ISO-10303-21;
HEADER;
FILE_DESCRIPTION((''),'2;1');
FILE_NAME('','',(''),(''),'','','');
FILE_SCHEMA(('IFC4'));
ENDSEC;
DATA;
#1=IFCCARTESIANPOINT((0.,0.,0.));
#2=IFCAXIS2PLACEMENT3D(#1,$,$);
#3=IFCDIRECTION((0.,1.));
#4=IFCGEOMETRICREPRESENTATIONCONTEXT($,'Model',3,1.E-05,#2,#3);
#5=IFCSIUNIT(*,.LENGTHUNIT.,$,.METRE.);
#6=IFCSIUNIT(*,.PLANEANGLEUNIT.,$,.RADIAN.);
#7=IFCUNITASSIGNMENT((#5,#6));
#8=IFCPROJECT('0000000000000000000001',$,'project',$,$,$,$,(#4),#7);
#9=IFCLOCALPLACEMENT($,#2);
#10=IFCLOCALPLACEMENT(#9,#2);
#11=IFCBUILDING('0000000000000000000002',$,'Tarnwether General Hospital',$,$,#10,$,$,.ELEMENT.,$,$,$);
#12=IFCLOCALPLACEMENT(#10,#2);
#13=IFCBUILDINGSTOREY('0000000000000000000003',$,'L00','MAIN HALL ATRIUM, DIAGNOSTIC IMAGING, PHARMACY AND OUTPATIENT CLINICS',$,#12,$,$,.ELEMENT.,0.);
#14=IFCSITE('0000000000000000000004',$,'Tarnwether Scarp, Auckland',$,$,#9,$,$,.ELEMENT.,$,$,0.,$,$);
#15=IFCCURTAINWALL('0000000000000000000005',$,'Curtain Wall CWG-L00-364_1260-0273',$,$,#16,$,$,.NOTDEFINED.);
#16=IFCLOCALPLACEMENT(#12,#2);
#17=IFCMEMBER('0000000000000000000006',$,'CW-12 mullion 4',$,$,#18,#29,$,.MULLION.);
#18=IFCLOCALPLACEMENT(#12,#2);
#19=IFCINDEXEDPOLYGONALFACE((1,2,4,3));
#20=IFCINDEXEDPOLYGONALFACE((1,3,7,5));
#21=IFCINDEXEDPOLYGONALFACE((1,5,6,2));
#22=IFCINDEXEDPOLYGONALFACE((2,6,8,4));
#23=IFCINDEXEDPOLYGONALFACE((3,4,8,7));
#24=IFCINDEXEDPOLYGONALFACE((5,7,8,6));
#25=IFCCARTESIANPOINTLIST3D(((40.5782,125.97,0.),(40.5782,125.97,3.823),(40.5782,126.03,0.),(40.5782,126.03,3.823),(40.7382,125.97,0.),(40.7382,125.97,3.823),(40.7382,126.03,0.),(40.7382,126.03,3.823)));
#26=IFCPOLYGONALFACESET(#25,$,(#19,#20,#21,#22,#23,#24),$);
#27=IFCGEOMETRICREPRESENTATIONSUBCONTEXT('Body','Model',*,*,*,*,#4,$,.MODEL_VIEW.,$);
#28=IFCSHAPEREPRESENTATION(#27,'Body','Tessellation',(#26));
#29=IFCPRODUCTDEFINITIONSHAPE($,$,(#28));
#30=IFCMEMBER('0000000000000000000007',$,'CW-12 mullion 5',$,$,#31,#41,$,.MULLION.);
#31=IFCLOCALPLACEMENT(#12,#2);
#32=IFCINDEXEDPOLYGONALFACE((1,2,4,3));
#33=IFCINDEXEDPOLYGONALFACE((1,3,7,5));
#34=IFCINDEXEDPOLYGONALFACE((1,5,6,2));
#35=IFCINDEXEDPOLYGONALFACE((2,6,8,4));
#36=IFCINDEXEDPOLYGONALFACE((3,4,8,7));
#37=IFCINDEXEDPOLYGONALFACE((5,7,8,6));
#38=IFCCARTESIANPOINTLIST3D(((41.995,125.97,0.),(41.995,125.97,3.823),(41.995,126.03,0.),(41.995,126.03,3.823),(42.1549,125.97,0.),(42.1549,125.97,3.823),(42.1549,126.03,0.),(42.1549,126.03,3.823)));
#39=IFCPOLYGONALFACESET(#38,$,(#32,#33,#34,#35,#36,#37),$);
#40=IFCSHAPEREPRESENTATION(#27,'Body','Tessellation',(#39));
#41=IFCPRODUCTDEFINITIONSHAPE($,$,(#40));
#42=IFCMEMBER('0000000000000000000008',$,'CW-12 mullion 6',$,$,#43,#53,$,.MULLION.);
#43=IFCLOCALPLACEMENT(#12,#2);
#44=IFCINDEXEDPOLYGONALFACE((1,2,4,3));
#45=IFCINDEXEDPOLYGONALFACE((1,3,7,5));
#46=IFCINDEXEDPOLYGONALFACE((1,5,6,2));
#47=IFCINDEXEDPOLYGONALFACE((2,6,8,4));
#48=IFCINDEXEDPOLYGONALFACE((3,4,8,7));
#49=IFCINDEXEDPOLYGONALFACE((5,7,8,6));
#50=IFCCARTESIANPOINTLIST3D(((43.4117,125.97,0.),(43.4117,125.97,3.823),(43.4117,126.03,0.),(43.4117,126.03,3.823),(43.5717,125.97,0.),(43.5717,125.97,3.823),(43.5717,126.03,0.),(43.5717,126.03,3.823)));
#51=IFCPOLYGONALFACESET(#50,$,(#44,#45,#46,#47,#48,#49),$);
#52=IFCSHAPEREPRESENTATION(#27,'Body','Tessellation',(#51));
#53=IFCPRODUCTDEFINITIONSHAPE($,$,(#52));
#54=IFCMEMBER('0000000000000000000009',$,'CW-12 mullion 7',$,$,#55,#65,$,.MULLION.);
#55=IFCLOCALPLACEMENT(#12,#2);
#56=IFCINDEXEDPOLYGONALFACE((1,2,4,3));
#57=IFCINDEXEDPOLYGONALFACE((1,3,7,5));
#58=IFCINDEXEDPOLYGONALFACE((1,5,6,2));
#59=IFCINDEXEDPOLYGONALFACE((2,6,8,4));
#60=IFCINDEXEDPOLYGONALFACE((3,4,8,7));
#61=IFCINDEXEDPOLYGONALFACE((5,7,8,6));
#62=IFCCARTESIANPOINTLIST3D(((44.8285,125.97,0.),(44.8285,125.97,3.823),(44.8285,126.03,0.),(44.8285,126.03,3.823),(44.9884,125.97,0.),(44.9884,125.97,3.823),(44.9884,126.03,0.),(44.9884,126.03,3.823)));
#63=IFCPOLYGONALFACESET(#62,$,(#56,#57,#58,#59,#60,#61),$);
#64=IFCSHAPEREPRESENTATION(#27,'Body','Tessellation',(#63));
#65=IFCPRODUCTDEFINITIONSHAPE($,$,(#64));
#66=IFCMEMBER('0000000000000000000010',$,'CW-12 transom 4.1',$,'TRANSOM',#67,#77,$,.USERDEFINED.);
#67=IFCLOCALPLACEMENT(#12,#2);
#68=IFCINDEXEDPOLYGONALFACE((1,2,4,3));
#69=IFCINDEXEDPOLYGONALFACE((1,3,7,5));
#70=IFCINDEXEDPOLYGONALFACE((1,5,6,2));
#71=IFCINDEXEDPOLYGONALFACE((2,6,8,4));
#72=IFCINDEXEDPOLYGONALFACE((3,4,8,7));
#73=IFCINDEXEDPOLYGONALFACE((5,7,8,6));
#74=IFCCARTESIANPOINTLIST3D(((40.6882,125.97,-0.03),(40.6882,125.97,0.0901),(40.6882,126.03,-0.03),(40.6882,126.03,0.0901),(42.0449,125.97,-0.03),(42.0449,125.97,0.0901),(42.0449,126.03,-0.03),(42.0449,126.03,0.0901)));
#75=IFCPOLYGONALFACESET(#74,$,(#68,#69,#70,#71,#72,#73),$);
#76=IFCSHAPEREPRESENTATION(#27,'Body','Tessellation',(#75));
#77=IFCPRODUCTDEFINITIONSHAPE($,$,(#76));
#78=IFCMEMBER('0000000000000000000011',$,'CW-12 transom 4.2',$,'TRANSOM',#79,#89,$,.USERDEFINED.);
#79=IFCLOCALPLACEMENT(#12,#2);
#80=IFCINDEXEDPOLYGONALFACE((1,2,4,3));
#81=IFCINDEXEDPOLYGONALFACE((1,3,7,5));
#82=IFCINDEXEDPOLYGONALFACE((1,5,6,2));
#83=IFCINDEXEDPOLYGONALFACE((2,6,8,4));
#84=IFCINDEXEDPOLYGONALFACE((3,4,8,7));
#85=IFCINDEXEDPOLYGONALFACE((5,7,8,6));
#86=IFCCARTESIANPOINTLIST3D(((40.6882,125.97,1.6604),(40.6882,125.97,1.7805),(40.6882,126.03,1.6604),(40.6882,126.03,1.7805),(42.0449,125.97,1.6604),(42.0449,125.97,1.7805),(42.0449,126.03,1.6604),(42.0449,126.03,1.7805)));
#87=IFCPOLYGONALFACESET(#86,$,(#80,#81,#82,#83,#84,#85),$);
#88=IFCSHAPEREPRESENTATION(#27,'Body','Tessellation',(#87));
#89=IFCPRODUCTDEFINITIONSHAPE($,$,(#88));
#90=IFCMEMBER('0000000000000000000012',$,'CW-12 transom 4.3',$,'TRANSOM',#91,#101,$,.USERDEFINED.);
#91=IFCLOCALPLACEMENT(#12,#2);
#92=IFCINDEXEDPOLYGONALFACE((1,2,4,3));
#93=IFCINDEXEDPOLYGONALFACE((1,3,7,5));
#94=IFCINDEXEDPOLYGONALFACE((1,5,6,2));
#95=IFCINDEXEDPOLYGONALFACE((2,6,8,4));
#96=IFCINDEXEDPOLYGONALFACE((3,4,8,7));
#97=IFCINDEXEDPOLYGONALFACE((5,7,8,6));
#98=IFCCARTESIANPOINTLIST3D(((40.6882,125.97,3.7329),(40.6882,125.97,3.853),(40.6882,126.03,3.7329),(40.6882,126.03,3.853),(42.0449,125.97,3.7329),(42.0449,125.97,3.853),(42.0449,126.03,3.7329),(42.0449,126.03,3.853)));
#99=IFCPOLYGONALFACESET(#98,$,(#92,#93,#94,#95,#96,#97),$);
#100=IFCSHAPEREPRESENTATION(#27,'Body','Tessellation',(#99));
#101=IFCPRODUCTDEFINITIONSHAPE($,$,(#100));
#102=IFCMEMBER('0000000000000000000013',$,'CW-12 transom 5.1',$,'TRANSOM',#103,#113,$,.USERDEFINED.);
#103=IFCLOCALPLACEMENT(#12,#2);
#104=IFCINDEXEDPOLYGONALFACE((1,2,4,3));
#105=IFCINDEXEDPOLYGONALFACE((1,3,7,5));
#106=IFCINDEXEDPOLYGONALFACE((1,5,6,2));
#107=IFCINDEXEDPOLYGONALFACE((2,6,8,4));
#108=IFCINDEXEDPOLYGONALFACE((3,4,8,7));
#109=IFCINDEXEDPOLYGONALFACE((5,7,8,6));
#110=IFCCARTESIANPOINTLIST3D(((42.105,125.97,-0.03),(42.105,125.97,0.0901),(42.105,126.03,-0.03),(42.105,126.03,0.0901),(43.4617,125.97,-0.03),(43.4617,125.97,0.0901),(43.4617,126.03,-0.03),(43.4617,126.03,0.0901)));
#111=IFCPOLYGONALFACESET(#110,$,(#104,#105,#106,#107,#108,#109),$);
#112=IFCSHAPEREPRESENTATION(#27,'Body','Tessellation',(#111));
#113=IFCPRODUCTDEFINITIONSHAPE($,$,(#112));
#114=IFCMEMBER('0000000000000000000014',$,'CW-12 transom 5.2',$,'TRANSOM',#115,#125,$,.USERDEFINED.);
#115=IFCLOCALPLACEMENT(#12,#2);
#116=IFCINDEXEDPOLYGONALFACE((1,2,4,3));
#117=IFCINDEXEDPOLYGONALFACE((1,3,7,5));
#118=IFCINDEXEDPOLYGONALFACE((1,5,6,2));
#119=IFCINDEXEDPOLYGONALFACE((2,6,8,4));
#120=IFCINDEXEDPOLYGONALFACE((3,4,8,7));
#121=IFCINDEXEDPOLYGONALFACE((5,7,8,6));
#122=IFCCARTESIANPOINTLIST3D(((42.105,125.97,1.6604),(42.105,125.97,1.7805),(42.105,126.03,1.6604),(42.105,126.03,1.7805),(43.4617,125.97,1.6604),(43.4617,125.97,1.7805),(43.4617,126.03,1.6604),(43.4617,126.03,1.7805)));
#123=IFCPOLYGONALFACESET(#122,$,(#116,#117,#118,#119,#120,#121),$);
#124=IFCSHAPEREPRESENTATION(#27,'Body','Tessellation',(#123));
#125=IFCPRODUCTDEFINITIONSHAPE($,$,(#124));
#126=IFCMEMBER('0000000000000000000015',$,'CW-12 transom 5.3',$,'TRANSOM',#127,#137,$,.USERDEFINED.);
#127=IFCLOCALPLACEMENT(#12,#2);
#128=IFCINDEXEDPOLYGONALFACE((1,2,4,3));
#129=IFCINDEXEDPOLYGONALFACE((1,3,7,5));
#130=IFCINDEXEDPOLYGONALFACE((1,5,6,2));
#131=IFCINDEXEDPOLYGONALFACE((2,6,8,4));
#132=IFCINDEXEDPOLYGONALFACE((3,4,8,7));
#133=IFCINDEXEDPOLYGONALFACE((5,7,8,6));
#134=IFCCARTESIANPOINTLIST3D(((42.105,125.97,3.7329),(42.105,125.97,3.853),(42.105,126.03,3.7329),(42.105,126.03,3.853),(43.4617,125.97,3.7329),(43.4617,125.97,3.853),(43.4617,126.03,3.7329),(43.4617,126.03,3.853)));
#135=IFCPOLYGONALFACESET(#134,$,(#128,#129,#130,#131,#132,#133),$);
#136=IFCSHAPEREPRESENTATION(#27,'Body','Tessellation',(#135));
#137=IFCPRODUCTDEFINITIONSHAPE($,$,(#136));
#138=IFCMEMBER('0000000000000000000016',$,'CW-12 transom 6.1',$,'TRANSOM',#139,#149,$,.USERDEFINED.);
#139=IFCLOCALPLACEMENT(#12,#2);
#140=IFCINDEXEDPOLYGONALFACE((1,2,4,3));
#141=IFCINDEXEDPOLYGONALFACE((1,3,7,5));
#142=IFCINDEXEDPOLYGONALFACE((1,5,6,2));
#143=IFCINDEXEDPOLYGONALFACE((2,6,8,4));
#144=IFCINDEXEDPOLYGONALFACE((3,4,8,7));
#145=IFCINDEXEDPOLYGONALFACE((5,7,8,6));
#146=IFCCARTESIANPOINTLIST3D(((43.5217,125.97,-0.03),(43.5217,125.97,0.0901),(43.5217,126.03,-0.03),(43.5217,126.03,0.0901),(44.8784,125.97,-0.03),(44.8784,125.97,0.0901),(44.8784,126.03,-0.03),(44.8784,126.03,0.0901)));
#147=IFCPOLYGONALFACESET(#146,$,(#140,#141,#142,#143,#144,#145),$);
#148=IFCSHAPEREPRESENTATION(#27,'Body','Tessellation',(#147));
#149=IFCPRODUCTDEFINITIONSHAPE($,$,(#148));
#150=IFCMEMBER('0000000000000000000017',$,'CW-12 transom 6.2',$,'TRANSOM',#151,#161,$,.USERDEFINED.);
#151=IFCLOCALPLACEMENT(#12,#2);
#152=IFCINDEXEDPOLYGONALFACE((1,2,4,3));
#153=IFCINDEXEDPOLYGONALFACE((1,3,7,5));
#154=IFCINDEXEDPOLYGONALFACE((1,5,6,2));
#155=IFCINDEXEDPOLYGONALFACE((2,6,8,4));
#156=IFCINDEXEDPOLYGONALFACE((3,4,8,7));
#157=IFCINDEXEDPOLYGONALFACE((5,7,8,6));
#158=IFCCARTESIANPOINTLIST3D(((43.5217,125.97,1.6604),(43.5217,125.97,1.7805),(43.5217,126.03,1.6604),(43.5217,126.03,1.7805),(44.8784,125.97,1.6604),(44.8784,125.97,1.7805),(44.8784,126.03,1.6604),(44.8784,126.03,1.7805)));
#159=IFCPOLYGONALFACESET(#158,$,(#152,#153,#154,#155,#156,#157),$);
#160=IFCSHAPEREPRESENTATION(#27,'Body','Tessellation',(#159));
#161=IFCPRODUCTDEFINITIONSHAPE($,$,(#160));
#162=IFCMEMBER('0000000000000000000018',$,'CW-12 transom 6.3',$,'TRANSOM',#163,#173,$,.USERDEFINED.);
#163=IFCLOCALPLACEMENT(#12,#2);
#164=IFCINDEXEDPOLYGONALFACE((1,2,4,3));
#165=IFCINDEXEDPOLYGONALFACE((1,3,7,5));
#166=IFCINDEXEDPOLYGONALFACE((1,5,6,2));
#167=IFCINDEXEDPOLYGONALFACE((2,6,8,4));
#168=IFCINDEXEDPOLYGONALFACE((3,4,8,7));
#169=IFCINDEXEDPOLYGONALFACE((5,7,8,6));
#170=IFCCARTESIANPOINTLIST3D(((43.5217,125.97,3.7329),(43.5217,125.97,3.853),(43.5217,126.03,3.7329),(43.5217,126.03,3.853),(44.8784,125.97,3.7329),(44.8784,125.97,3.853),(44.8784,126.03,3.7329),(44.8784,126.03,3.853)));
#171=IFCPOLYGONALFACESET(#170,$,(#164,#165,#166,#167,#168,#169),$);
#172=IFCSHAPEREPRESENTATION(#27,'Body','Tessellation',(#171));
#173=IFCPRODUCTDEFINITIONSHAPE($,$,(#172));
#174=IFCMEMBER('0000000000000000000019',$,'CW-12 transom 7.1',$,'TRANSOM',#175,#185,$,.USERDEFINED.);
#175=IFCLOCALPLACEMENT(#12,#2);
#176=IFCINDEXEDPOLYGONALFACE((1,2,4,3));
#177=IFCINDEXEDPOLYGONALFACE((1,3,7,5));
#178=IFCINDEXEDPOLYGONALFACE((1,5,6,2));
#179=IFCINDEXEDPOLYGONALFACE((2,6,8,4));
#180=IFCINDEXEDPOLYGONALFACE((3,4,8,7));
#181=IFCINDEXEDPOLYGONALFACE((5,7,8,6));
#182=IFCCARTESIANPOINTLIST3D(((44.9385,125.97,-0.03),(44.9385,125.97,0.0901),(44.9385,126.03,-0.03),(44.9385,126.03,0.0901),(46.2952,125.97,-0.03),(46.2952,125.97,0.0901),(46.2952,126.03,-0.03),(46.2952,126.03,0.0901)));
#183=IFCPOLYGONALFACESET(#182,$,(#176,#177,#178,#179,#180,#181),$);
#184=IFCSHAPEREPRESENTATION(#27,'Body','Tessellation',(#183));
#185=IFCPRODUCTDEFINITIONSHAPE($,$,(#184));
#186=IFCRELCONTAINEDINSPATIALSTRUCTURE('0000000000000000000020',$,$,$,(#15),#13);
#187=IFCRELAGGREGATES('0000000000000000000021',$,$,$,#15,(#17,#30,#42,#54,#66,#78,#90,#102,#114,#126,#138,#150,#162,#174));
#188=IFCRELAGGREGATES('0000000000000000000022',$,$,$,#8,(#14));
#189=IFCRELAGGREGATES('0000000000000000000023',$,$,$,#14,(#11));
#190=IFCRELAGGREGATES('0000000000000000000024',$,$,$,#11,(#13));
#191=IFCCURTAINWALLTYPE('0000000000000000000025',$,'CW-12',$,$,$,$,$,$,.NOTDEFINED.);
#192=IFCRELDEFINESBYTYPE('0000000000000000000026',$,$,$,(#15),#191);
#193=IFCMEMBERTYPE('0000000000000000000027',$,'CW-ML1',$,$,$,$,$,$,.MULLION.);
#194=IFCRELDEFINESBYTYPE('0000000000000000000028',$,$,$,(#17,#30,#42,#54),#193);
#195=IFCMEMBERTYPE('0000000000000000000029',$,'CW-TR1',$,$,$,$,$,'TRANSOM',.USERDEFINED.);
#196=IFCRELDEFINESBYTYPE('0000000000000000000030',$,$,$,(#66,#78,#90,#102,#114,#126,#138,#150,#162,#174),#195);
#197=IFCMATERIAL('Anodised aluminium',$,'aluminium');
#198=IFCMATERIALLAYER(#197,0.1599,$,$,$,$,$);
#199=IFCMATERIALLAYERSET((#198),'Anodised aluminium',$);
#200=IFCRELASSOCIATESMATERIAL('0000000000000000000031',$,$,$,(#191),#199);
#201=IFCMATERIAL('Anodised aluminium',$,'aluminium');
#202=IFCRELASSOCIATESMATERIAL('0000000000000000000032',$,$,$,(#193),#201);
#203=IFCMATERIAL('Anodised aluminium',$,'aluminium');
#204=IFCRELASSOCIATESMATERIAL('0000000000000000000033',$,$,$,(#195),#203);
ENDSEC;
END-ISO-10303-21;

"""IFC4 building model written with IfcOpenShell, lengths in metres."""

from ifc_helpers import new_model, si_unit, direction, frame, origin, origin_2d, place, context, subcontext, project, spatial, rectangle, extrude, material, layer, layer_set, material_profile, profile_set, type_object, element, aggregate, save


model = new_model("IFC4")

# Units and contexts
model_context = context("Model", 3, precision=1e-05, world=origin(), true_north=direction((0.0, 1.0)))
body_context = subcontext(model_context, "Body", "Model", "MODEL_VIEW")
ifc_project = project(units=[si_unit("LENGTHUNIT", "METRE"), si_unit("PLANEANGLEUNIT", "RADIAN")], contexts=[model_context])

# Site, building, storey
site_placement = place(None, origin())
site = spatial("IfcSite", under=ifc_project, at=site_placement, Name="Tarnwether Scarp, Auckland", CompositionType="ELEMENT", RefElevation=0.0)
building_placement = place(site_placement, origin())
building = spatial("IfcBuilding", under=site, at=building_placement, Name="Tarnwether General Hospital", CompositionType="ELEMENT")
storey_placement = place(building_placement, origin())
storey = spatial("IfcBuildingStorey", under=building, at=storey_placement, Name="L00", Description="MAIN HALL ATRIUM, DIAGNOSTIC IMAGING, PHARMACY AND OUTPATIENT CLINICS", CompositionType="ELEMENT", Elevation=0.0)

# Curtain wall, members
ifc_material_1 = material(Name="Anodised aluminium", Category="aluminium")
ifc_layer_1 = layer(ifc_material_1, 0.1599)
ifc_layer_set_1 = layer_set([ifc_layer_1], Name="Anodised aluminium")
curtain_wall_type = type_object("IfcCurtainWallType", Name="CW-12", PredefinedType="NOTDEFINED", material=ifc_layer_set_1)
curtain_wall_placement = place(storey_placement, origin())
curtain_wall = element("IfcCurtainWall", 1, at=curtain_wall_placement, inside=storey, type_object=curtain_wall_type, Name="Curtain Wall CWG-L00-364_1260-0273", PredefinedType="NOTDEFINED")
ifc_material_2 = material(Name="Anodised aluminium", Category="aluminium")
ifc_material_profile_1 = material_profile(ifc_material_2, rectangle(XDim=0.0601, YDim=0.1599, at=origin_2d()), Name="ALU-MUL-60x160")
ifc_profile_set_1 = profile_set([ifc_material_profile_1], Name="Anodised aluminium")
member_type_1 = type_object("IfcMemberType", Name="CW-ML1", PredefinedType="MULLION", material=ifc_profile_set_1)
member_1_placement = place(storey_placement, frame((40.6582, 126.0, 0.0), z_axis=(0.0, 0.0, 1.0), x_axis=(0.0, 1.0, 0.0)))
member_1 = element("IfcMember", 2, at=member_1_placement, type_object=member_type_1, Name="CW-12 mullion 4", PredefinedType="MULLION", context=body_context, shape_type="SweptSolid", body=[
    extrude(rectangle(XDim=0.0601, YDim=0.1599, at=origin_2d()), origin(), (0.0, 0.0, 1.0), 3.823),
])
member_2_placement = place(storey_placement, frame((42.075, 126.0, 0.0), z_axis=(0.0, 0.0, 1.0), x_axis=(0.0, 1.0, 0.0)))
member_2 = element("IfcMember", 3, at=member_2_placement, type_object=member_type_1, Name="CW-12 mullion 5", PredefinedType="MULLION", context=body_context, shape_type="SweptSolid", body=[
    extrude(rectangle(XDim=0.0601, YDim=0.1599, at=origin_2d()), origin(), (0.0, 0.0, 1.0), 3.823),
])
member_3_placement = place(storey_placement, frame((43.4917, 126.0, 0.0), z_axis=(0.0, 0.0, 1.0), x_axis=(0.0, 1.0, 0.0)))
member_3 = element("IfcMember", 4, at=member_3_placement, type_object=member_type_1, Name="CW-12 mullion 6", PredefinedType="MULLION", context=body_context, shape_type="SweptSolid", body=[
    extrude(rectangle(XDim=0.0601, YDim=0.1599, at=origin_2d()), origin(), (0.0, 0.0, 1.0), 3.823),
])
member_4_placement = place(storey_placement, frame((44.9084, 126.0, 0.0), z_axis=(0.0, 0.0, 1.0), x_axis=(0.0, 1.0, 0.0)))
member_4 = element("IfcMember", 5, at=member_4_placement, type_object=member_type_1, Name="CW-12 mullion 7", PredefinedType="MULLION", context=body_context, shape_type="SweptSolid", body=[
    extrude(rectangle(XDim=0.0601, YDim=0.1599, at=origin_2d()), origin(), (0.0, 0.0, 1.0), 3.823),
])
ifc_material_3 = material(Name="Anodised aluminium", Category="aluminium")
ifc_material_profile_2 = material_profile(ifc_material_3, rectangle(XDim=0.0601, YDim=0.1201, at=origin_2d()), Name="ALU-TRN-60x120")
ifc_profile_set_2 = profile_set([ifc_material_profile_2], Name="Anodised aluminium")
member_type_2 = type_object("IfcMemberType", Name="CW-TR1", ElementType="TRANSOM", PredefinedType="USERDEFINED", material=ifc_profile_set_2)
member_5_placement = place(storey_placement, frame((40.6882, 126.0, 0.03), z_axis=(1.0, 0.0, 0.0), x_axis=(0.0, 1.0, 0.0)))
member_5 = element("IfcMember", 6, at=member_5_placement, type_object=member_type_2, Name="CW-12 transom 4.1", ObjectType="TRANSOM", PredefinedType="USERDEFINED", context=body_context, shape_type="SweptSolid", body=[
    extrude(rectangle(XDim=0.0601, YDim=0.1201, at=origin_2d()), origin(), (0.0, 0.0, 1.0), 1.3567),
])
member_6_placement = place(storey_placement, frame((40.6882, 126.0, 1.7205), z_axis=(1.0, 0.0, 0.0), x_axis=(0.0, 1.0, 0.0)))
member_6 = element("IfcMember", 7, at=member_6_placement, type_object=member_type_2, Name="CW-12 transom 4.2", ObjectType="TRANSOM", PredefinedType="USERDEFINED", context=body_context, shape_type="SweptSolid", body=[
    extrude(rectangle(XDim=0.0601, YDim=0.1201, at=origin_2d()), origin(), (0.0, 0.0, 1.0), 1.3567),
])
member_7_placement = place(storey_placement, frame((40.6882, 126.0, 3.793), z_axis=(1.0, 0.0, 0.0), x_axis=(0.0, 1.0, 0.0)))
member_7 = element("IfcMember", 8, at=member_7_placement, type_object=member_type_2, Name="CW-12 transom 4.3", ObjectType="TRANSOM", PredefinedType="USERDEFINED", context=body_context, shape_type="SweptSolid", body=[
    extrude(rectangle(XDim=0.0601, YDim=0.1201, at=origin_2d()), origin(), (0.0, 0.0, 1.0), 1.3567),
])
member_8_placement = place(storey_placement, frame((42.105, 126.0, 0.03), z_axis=(1.0, 0.0, 0.0), x_axis=(0.0, 1.0, 0.0)))
member_8 = element("IfcMember", 9, at=member_8_placement, type_object=member_type_2, Name="CW-12 transom 5.1", ObjectType="TRANSOM", PredefinedType="USERDEFINED", context=body_context, shape_type="SweptSolid", body=[
    extrude(rectangle(XDim=0.0601, YDim=0.1201, at=origin_2d()), origin(), (0.0, 0.0, 1.0), 1.3567),
])
member_9_placement = place(storey_placement, frame((42.105, 126.0, 1.7205), z_axis=(1.0, 0.0, 0.0), x_axis=(0.0, 1.0, 0.0)))
member_9 = element("IfcMember", 10, at=member_9_placement, type_object=member_type_2, Name="CW-12 transom 5.2", ObjectType="TRANSOM", PredefinedType="USERDEFINED", context=body_context, shape_type="SweptSolid", body=[
    extrude(rectangle(XDim=0.0601, YDim=0.1201, at=origin_2d()), origin(), (0.0, 0.0, 1.0), 1.3567),
])
member_10_placement = place(storey_placement, frame((42.105, 126.0, 3.793), z_axis=(1.0, 0.0, 0.0), x_axis=(0.0, 1.0, 0.0)))
member_10 = element("IfcMember", 11, at=member_10_placement, type_object=member_type_2, Name="CW-12 transom 5.3", ObjectType="TRANSOM", PredefinedType="USERDEFINED", context=body_context, shape_type="SweptSolid", body=[
    extrude(rectangle(XDim=0.0601, YDim=0.1201, at=origin_2d()), origin(), (0.0, 0.0, 1.0), 1.3567),
])
member_11_placement = place(storey_placement, frame((43.5217, 126.0, 0.03), z_axis=(1.0, 0.0, 0.0), x_axis=(0.0, 1.0, 0.0)))
member_11 = element("IfcMember", 12, at=member_11_placement, type_object=member_type_2, Name="CW-12 transom 6.1", ObjectType="TRANSOM", PredefinedType="USERDEFINED", context=body_context, shape_type="SweptSolid", body=[
    extrude(rectangle(XDim=0.0601, YDim=0.1201, at=origin_2d()), origin(), (0.0, 0.0, 1.0), 1.3567),
])
member_12_placement = place(storey_placement, frame((43.5217, 126.0, 1.7205), z_axis=(1.0, 0.0, 0.0), x_axis=(0.0, 1.0, 0.0)))
member_12 = element("IfcMember", 13, at=member_12_placement, type_object=member_type_2, Name="CW-12 transom 6.2", ObjectType="TRANSOM", PredefinedType="USERDEFINED", context=body_context, shape_type="SweptSolid", body=[
    extrude(rectangle(XDim=0.0601, YDim=0.1201, at=origin_2d()), origin(), (0.0, 0.0, 1.0), 1.3567),
])
member_13_placement = place(storey_placement, frame((43.5217, 126.0, 3.793), z_axis=(1.0, 0.0, 0.0), x_axis=(0.0, 1.0, 0.0)))
member_13 = element("IfcMember", 14, at=member_13_placement, type_object=member_type_2, Name="CW-12 transom 6.3", ObjectType="TRANSOM", PredefinedType="USERDEFINED", context=body_context, shape_type="SweptSolid", body=[
    extrude(rectangle(XDim=0.0601, YDim=0.1201, at=origin_2d()), origin(), (0.0, 0.0, 1.0), 1.3567),
])
member_14_placement = place(storey_placement, frame((44.9385, 126.0, 0.03), z_axis=(1.0, 0.0, 0.0), x_axis=(0.0, 1.0, 0.0)))
member_14 = element("IfcMember", 15, at=member_14_placement, type_object=member_type_2, Name="CW-12 transom 7.1", ObjectType="TRANSOM", PredefinedType="USERDEFINED", context=body_context, shape_type="SweptSolid", body=[
    extrude(rectangle(XDim=0.0601, YDim=0.1201, at=origin_2d()), origin(), (0.0, 0.0, 1.0), 1.3567),
])
aggregate(curtain_wall, [member_1, member_2, member_3, member_4, member_5, member_6, member_7, member_8, member_9, member_10, member_11, member_12, member_13, member_14])

save(model, "model.ifc")
